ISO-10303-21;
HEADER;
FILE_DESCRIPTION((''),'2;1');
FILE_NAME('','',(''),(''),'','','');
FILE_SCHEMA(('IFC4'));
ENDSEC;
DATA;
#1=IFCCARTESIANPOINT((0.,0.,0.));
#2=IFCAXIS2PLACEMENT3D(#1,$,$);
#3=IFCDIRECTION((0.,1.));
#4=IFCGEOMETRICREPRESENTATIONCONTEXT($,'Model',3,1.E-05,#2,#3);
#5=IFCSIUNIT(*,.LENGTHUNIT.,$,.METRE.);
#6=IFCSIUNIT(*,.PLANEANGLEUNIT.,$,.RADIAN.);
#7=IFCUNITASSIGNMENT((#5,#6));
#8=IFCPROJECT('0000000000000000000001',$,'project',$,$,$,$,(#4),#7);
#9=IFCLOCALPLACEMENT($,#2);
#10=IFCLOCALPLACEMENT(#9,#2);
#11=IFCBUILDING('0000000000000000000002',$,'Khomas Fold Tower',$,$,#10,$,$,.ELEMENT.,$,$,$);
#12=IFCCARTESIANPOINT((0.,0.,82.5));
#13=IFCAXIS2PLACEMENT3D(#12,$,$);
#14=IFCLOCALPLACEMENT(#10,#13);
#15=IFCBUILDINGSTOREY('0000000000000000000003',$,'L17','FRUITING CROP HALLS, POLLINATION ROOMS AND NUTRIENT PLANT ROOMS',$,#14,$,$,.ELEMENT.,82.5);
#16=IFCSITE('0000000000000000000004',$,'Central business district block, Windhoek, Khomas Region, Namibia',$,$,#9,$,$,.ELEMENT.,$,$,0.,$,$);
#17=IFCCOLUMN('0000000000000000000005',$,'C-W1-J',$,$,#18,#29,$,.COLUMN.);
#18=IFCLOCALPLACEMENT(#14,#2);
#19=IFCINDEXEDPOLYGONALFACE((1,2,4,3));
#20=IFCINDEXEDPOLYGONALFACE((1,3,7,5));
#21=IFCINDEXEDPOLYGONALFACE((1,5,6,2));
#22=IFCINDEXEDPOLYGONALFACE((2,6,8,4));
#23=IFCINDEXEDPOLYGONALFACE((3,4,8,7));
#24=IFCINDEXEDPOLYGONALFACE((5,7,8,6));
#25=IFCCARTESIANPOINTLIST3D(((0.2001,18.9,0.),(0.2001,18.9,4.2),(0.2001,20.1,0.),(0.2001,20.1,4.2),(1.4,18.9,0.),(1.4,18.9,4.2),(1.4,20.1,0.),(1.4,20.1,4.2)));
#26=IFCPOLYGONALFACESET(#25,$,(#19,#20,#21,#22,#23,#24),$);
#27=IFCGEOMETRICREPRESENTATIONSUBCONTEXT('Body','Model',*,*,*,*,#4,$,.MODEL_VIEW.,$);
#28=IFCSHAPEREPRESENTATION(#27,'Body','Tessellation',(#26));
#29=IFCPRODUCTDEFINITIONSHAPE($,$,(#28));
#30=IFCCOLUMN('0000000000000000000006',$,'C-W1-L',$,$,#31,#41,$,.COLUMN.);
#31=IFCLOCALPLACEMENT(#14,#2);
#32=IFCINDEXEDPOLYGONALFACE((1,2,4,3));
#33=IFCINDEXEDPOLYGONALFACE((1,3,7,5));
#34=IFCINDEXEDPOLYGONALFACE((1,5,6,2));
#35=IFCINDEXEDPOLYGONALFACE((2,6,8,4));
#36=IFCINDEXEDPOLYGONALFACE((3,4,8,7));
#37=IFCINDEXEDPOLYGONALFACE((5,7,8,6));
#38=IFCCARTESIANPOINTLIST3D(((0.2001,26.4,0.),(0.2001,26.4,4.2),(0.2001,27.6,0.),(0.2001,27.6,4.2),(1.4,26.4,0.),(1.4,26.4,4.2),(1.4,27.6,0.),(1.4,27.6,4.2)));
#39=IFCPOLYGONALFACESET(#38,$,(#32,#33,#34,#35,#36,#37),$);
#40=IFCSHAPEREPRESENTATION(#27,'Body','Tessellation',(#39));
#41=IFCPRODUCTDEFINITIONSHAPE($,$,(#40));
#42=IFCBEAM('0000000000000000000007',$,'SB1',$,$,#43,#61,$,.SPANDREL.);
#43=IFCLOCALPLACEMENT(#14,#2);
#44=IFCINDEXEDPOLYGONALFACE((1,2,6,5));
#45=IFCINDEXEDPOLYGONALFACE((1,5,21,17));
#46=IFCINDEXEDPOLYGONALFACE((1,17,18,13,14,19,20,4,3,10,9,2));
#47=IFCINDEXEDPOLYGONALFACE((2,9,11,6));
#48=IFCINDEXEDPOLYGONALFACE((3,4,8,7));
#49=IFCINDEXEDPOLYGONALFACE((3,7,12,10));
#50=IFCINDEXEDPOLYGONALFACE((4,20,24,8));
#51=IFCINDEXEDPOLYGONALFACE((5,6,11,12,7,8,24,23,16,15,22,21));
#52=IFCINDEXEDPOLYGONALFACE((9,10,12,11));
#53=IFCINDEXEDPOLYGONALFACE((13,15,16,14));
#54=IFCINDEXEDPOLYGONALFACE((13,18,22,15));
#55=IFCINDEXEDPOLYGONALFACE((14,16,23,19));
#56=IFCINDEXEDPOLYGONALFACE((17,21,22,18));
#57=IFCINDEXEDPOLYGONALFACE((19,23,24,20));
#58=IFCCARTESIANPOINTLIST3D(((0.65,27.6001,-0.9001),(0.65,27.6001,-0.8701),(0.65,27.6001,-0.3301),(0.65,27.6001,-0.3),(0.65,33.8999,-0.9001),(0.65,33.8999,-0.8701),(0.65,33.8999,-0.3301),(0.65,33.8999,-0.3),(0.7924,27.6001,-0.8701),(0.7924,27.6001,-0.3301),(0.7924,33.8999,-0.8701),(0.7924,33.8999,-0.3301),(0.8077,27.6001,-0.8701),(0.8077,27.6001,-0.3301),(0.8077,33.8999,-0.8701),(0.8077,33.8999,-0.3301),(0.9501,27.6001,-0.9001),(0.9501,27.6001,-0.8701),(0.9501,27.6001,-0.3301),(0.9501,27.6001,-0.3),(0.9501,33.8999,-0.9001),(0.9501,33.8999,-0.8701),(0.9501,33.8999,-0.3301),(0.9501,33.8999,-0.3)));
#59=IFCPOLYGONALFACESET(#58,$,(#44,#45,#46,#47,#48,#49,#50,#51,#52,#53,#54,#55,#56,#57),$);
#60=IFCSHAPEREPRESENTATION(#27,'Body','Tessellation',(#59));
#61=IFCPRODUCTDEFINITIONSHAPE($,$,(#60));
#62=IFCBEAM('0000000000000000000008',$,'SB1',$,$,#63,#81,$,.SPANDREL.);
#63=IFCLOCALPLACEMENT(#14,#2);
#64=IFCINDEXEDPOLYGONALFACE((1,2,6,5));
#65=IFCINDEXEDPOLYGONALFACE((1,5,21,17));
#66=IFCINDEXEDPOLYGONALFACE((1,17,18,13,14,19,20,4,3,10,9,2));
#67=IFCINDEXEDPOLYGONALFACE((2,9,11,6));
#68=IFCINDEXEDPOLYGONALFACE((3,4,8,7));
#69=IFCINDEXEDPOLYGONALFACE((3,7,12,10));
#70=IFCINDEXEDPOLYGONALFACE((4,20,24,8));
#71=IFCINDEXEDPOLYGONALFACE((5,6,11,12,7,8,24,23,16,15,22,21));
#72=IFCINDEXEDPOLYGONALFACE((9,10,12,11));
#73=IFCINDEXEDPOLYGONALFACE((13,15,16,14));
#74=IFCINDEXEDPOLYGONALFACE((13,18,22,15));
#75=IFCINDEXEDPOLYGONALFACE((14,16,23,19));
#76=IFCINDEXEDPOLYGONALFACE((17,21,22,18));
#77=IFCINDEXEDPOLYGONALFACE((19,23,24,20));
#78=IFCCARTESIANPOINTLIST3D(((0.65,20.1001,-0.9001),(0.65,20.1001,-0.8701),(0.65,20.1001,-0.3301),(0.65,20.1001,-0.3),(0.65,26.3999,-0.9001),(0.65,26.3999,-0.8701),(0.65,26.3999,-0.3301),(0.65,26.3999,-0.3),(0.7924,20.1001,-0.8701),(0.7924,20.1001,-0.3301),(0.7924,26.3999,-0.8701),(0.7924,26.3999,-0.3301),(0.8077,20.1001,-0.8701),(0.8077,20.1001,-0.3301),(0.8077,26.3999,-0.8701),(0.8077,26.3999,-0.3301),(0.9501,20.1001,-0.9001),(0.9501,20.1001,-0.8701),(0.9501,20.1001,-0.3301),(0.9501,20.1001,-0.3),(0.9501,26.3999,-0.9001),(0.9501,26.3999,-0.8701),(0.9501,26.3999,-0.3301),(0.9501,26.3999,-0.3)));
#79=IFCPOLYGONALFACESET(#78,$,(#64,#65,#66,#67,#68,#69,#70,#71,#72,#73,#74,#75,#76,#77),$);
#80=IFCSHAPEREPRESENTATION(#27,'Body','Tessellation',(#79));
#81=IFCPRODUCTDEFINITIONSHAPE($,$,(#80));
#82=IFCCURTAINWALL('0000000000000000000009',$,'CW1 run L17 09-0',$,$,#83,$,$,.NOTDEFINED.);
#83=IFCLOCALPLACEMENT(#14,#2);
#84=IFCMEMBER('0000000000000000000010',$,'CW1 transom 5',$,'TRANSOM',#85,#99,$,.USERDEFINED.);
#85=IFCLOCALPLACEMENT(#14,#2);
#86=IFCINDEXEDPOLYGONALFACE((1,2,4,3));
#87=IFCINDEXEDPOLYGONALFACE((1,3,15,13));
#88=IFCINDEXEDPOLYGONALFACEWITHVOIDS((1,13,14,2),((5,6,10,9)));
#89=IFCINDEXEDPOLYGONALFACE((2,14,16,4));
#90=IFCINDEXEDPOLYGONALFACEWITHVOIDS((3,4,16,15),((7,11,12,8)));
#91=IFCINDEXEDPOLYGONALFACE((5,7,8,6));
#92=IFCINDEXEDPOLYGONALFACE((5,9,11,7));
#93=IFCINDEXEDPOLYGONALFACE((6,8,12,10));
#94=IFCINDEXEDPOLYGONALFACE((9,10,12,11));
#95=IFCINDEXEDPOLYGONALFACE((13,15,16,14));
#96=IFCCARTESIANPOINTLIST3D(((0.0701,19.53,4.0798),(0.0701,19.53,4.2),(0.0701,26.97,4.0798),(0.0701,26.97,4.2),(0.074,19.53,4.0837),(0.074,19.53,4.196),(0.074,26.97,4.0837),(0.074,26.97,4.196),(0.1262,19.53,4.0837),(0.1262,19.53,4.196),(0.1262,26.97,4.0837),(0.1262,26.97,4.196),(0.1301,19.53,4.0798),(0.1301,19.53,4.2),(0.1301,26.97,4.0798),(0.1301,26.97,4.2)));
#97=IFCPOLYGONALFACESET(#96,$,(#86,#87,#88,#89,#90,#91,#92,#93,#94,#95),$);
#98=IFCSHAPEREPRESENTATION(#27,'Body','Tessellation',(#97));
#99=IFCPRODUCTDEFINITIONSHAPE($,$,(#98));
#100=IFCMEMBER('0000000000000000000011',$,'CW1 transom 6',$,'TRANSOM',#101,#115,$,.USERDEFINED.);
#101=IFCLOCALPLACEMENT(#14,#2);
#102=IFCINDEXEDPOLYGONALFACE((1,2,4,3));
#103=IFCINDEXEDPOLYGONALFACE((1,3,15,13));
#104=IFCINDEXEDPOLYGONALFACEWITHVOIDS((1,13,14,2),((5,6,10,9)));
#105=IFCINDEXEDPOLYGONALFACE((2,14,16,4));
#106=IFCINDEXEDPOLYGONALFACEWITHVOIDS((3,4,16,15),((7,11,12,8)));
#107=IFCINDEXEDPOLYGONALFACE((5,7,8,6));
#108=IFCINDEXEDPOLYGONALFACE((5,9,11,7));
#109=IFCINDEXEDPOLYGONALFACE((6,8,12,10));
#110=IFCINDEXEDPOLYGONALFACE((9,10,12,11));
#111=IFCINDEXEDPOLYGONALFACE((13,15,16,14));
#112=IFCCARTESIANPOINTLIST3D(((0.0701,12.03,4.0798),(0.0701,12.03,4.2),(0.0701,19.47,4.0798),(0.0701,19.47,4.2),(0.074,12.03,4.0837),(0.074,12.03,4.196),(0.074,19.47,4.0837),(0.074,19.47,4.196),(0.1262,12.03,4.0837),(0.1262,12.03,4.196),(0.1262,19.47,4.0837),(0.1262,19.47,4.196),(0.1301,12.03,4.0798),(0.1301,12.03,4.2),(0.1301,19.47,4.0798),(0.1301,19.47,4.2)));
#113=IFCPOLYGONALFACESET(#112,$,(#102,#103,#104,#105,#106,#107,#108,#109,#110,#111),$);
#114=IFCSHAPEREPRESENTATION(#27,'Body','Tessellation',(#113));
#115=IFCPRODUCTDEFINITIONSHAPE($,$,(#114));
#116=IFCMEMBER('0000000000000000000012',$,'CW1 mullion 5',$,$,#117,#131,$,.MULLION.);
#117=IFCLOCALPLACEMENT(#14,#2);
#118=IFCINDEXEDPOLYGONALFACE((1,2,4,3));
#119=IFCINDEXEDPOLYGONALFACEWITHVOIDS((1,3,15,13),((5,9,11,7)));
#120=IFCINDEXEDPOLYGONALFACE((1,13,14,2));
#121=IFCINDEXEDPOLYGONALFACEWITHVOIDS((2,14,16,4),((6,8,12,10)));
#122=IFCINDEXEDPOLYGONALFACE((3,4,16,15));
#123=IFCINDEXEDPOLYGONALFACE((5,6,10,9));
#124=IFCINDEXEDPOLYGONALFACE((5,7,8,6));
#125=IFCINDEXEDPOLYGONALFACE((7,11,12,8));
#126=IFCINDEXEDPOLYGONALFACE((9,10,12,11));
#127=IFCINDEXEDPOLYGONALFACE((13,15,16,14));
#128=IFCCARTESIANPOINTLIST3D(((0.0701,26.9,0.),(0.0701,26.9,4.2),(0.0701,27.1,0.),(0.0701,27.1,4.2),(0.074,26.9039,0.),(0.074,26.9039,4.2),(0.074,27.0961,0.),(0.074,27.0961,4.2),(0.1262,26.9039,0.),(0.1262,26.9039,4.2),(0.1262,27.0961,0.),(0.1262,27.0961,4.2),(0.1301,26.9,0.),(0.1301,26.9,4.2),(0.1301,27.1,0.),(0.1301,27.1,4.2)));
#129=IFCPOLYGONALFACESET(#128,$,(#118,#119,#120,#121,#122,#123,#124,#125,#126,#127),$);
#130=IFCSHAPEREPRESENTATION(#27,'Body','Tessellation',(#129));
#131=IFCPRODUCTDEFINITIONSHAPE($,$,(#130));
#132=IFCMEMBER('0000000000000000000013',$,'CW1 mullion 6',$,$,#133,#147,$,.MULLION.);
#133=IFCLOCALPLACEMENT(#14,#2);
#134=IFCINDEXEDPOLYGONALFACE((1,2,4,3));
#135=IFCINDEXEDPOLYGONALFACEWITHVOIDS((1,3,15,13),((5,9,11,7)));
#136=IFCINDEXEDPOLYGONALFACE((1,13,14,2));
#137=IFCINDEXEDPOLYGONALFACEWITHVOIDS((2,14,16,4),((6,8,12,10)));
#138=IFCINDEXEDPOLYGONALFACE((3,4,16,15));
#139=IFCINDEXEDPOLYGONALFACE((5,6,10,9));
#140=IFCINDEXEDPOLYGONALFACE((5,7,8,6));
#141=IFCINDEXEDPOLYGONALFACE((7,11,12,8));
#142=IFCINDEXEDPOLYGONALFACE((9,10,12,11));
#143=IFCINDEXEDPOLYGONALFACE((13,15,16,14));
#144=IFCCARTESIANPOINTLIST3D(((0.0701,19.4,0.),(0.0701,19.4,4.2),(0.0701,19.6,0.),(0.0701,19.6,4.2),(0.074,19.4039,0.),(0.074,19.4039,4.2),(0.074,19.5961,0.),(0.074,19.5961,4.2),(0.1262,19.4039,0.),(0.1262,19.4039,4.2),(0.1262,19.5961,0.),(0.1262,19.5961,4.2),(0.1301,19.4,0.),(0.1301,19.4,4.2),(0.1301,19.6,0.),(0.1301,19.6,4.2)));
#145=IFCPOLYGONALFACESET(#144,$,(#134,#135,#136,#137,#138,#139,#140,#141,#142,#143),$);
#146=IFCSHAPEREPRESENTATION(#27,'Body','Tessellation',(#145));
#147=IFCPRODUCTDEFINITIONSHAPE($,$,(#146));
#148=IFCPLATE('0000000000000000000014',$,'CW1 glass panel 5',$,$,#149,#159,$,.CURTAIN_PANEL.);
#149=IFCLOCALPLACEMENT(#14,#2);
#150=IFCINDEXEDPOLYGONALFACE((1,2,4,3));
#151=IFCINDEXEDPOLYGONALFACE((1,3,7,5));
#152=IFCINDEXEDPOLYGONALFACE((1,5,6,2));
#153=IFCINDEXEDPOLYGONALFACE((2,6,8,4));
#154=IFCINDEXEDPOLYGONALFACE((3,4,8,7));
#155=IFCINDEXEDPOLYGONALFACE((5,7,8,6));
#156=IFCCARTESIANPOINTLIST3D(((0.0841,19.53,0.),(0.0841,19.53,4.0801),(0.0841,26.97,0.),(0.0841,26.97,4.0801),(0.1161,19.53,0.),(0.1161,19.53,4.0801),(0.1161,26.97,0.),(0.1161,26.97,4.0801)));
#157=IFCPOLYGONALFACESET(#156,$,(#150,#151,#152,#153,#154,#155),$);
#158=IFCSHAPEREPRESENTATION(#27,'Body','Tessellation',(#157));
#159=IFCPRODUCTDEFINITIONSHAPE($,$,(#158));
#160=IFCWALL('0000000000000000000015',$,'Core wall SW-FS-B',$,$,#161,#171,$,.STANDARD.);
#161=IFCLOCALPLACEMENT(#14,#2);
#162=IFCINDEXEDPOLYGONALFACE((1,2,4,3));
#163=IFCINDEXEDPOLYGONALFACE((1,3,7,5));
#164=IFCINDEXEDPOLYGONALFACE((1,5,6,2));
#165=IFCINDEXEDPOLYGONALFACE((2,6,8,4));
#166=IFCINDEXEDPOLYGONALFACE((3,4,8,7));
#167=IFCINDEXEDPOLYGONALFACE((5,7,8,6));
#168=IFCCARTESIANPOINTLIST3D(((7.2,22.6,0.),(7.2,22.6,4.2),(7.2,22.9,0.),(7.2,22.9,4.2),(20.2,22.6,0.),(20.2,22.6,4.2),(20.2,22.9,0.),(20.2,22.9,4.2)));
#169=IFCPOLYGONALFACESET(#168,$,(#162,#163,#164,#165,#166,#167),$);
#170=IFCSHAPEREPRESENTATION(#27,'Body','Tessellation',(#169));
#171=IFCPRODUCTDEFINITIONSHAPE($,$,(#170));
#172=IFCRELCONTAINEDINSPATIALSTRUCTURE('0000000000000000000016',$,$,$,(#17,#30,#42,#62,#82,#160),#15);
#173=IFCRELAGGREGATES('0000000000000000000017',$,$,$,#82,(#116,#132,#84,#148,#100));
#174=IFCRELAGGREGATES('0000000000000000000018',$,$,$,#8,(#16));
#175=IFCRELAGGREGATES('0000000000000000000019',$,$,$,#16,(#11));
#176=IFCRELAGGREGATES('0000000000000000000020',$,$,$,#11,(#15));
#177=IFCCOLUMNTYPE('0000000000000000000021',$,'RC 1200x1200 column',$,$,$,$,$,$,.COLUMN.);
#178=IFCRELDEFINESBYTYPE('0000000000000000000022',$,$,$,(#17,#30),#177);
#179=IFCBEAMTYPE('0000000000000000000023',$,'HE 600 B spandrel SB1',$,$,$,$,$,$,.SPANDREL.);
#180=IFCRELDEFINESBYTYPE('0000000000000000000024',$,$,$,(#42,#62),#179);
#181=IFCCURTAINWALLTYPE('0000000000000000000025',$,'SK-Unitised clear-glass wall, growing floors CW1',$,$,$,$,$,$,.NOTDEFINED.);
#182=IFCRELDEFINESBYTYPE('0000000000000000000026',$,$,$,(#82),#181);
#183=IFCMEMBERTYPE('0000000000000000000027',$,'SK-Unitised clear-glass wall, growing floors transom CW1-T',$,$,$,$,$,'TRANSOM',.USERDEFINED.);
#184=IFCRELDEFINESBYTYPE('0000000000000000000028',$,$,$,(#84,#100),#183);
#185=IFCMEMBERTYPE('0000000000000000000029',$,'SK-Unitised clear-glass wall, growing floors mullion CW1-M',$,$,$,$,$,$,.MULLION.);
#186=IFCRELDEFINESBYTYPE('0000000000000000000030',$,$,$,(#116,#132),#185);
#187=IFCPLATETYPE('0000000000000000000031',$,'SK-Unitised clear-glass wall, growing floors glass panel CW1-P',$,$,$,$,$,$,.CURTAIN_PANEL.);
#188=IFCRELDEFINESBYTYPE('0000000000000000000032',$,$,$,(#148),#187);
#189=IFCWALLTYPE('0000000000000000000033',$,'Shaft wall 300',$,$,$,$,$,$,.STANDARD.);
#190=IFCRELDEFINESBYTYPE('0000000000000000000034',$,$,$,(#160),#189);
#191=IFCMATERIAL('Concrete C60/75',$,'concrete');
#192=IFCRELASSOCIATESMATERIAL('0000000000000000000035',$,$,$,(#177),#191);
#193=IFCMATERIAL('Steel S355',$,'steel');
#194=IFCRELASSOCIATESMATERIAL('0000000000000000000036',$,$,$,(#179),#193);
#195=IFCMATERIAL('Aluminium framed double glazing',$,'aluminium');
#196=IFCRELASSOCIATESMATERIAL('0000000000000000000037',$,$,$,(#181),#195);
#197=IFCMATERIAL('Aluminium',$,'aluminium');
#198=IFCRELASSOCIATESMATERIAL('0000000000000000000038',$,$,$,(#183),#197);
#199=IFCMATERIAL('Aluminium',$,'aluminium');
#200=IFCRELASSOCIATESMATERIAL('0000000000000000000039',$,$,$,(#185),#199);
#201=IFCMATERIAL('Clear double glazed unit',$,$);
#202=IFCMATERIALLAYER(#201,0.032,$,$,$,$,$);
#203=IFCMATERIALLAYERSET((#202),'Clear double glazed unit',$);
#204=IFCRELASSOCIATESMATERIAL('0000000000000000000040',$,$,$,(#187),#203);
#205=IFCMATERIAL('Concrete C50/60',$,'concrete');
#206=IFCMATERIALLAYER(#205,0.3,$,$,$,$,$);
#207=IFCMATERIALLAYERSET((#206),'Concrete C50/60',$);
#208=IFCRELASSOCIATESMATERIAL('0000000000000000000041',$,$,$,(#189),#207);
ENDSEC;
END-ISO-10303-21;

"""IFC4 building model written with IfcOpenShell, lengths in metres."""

from ifc_helpers import new_model, si_unit, direction, frame, frame_2d, origin, origin_2d, place, context, subcontext, project, spatial, rectangle, hollow_rectangle, i_section, extrude, source, transform, mapped, material, layer, layer_set, material_profile, profile_set, type_object, element, aggregate, save


model = new_model("IFC4")

# Units and contexts
model_context = context("Model", 3, precision=1e-05, world=origin(), true_north=direction((0.0, 1.0)))
body_context = subcontext(model_context, "Body", "Model", "MODEL_VIEW")
ifc_project = project(units=[si_unit("LENGTHUNIT", "METRE"), si_unit("PLANEANGLEUNIT", "RADIAN")], contexts=[model_context])

# Site, building, storey
site_placement = place(None, origin())
site = spatial("IfcSite", under=ifc_project, at=site_placement, Name="Central business district block, Windhoek, Khomas Region, Namibia", CompositionType="ELEMENT", RefElevation=0.0)
building_placement = place(site_placement, origin())
building = spatial("IfcBuilding", under=site, at=building_placement, Name="Khomas Fold Tower", CompositionType="ELEMENT")
storey_placement = place(building_placement, frame((0.0, 0.0, 82.5)))
storey = spatial("IfcBuildingStorey", under=building, at=storey_placement, Name="L17", Description="FRUITING CROP HALLS, POLLINATION ROOMS AND NUTRIENT PLANT ROOMS", CompositionType="ELEMENT", Elevation=82.5)

# Columns
ifc_material_1 = material(Name="Concrete C60/75", Category="concrete")
ifc_material_profile_1 = material_profile(ifc_material_1, rectangle(XDim=1.2, YDim=1.2, at=origin_2d()), Name="RC 1200x1200")
ifc_profile_set_1 = profile_set([ifc_material_profile_1], Name="Concrete C60/75")
column_type = type_object("IfcColumnType", Name="RC 1200x1200 column", PredefinedType="COLUMN", material=ifc_profile_set_1)
shared_shape_1 = source(origin(), body_context, "Body", "SweptSolid", [
    extrude(rectangle(XDim=1.2, YDim=1.2, at=origin_2d()), origin(), (0.0, 0.0, 1.0), 4.2),
])
for number, where, z_axis, x_axis, name in (
    (1, (0.8, 19.5, 0.0), (0.0, 0.0, 1.0), (1.0, 0.0, 0.0), "C-W1-J"),
    (2, (0.8, 27.0, 0.0), (0.0, 0.0, 1.0), (1.0, 0.0, 0.0), "C-W1-L"),
):
    element("IfcColumn", number, at=place(storey_placement, frame(where, z_axis=z_axis, x_axis=x_axis)), inside=storey, type_object=column_type, Name=name, PredefinedType="COLUMN", context=body_context, shape_type="MappedRepresentation", body=[
        mapped(shared_shape_1, transform((0.0, 0.0, 0.0))),
    ])

# Beams
ifc_material_2 = material(Name="Steel S355", Category="steel")
ifc_material_profile_2 = material_profile(ifc_material_2, i_section(OverallWidth=0.3, OverallDepth=0.6001, WebThickness=0.0154, FlangeThickness=0.03, at=origin_2d()), Name="HE 600 B")
ifc_profile_set_2 = profile_set([ifc_material_profile_2], Name="Steel S355")
beam_type = type_object("IfcBeamType", Name="HE 600 B spandrel SB1", PredefinedType="SPANDREL", material=ifc_profile_set_2)
shared_shape_2 = source(origin(), body_context, "Body", "SweptSolid", [
    extrude(i_section(OverallWidth=0.3, OverallDepth=0.6001, WebThickness=0.0154, FlangeThickness=0.03, at=origin_2d()), origin(), (0.0, 0.0, 1.0), 6.2998),
])
for number, where, z_axis, x_axis, name in (
    (3, (0.8, 27.6001, -0.6001), (0.0, 1.0, 0.0), (-1.0, 0.0, 0.0), "SB1"),
    (4, (0.8, 20.1001, -0.6001), (0.0, 1.0, 0.0), (-1.0, 0.0, 0.0), "SB1"),
):
    element("IfcBeam", number, at=place(storey_placement, frame(where, z_axis=z_axis, x_axis=x_axis)), inside=storey, type_object=beam_type, Name=name, PredefinedType="SPANDREL", context=body_context, shape_type="MappedRepresentation", body=[
        mapped(shared_shape_2, transform((0.0, 0.0, 0.0))),
    ])

# Curtain wall, members, plate
ifc_material_3 = material(Name="Aluminium framed double glazing", Category="aluminium")
curtain_wall_type = type_object("IfcCurtainWallType", Name="SK-Unitised clear-glass wall, growing floors CW1", PredefinedType="NOTDEFINED", material=ifc_material_3)
curtain_wall_placement = place(storey_placement, origin())
curtain_wall = element("IfcCurtainWall", 5, at=curtain_wall_placement, inside=storey, type_object=curtain_wall_type, Name="CW1 run L17 09-0", PredefinedType="NOTDEFINED")
ifc_material_4 = material(Name="Aluminium", Category="aluminium")
ifc_material_profile_3 = material_profile(ifc_material_4, hollow_rectangle(XDim=0.0601, YDim=0.1201, WallThickness=0.0039, at=origin_2d()), Name="SK-Unitised clear-glass wall, growing floors transom CW1-T")
ifc_profile_set_3 = profile_set([ifc_material_profile_3], Name="Aluminium")
member_type_1 = type_object("IfcMemberType", Name="SK-Unitised clear-glass wall, growing floors transom CW1-T", ElementType="TRANSOM", PredefinedType="USERDEFINED", material=ifc_profile_set_3)
shared_shape_3 = source(origin(), body_context, "Body", "SweptSolid", [
    extrude(hollow_rectangle(XDim=0.0601, YDim=0.1201, WallThickness=0.0039, at=origin_2d()), origin(), (0.0, 0.0, 1.0), 7.4399),
])
member_1_placement = place(storey_placement, frame((0.1001, 26.97, 4.1399), z_axis=(0.0, -1.0, 0.0), x_axis=(1.0, 0.0, 0.0)))
member_1 = element("IfcMember", 6, at=member_1_placement, type_object=member_type_1, Name="CW1 transom 5", ObjectType="TRANSOM", PredefinedType="USERDEFINED", context=body_context, shape_type="MappedRepresentation", body=[
    mapped(shared_shape_3, transform((0.0, 0.0, 0.0))),
])
member_2_placement = place(storey_placement, frame((0.1001, 19.47, 4.1399), z_axis=(0.0, -1.0, 0.0), x_axis=(1.0, 0.0, 0.0)))
member_2 = element("IfcMember", 7, at=member_2_placement, type_object=member_type_1, Name="CW1 transom 6", ObjectType="TRANSOM", PredefinedType="USERDEFINED", context=body_context, shape_type="MappedRepresentation", body=[
    mapped(shared_shape_3, transform((0.0, 0.0, 0.0))),
])
ifc_material_5 = material(Name="Aluminium", Category="aluminium")
ifc_material_profile_4 = material_profile(ifc_material_5, hollow_rectangle(XDim=0.0601, YDim=0.2, WallThickness=0.0039, at=origin_2d()), Name="SK-Unitised clear-glass wall, growing floors mullion CW1-M")
ifc_profile_set_4 = profile_set([ifc_material_profile_4], Name="Aluminium")
member_type_2 = type_object("IfcMemberType", Name="SK-Unitised clear-glass wall, growing floors mullion CW1-M", PredefinedType="MULLION", material=ifc_profile_set_4)
shared_shape_4 = source(origin(), body_context, "Body", "SweptSolid", [
    extrude(hollow_rectangle(XDim=0.0601, YDim=0.2, WallThickness=0.0039, at=origin_2d()), origin(), (0.0, 0.0, 1.0), 4.2),
])
member_3_placement = place(storey_placement, frame((0.1001, 27.0, 0.0), z_axis=(0.0, 0.0, 1.0), x_axis=(1.0, 0.0, 0.0)))
member_3 = element("IfcMember", 8, at=member_3_placement, type_object=member_type_2, Name="CW1 mullion 5", PredefinedType="MULLION", context=body_context, shape_type="MappedRepresentation", body=[
    mapped(shared_shape_4, transform((0.0, 0.0, 0.0))),
])
member_4_placement = place(storey_placement, frame((0.1001, 19.5, 0.0), z_axis=(0.0, 0.0, 1.0), x_axis=(1.0, 0.0, 0.0)))
member_4 = element("IfcMember", 9, at=member_4_placement, type_object=member_type_2, Name="CW1 mullion 6", PredefinedType="MULLION", context=body_context, shape_type="MappedRepresentation", body=[
    mapped(shared_shape_4, transform((0.0, 0.0, 0.0))),
])
ifc_material_6 = material(Name="Clear double glazed unit")
ifc_layer_1 = layer(ifc_material_6, 0.032)
ifc_layer_set_1 = layer_set([ifc_layer_1], Name="Clear double glazed unit")
plate_type = type_object("IfcPlateType", Name="SK-Unitised clear-glass wall, growing floors glass panel CW1-P", PredefinedType="CURTAIN_PANEL", material=ifc_layer_set_1)
shared_shape_5 = source(origin(), body_context, "Body", "SweptSolid", [
    extrude(rectangle(XDim=7.4399, YDim=0.032, at=origin_2d()), origin(), (0.0, 0.0, 1.0), 4.0801),
])
plate_placement = place(storey_placement, frame((0.1001, 23.25, 0.0), z_axis=(0.0, 0.0, 1.0), x_axis=(0.0, -1.0, 0.0)))
plate = element("IfcPlate", 10, at=plate_placement, type_object=plate_type, Name="CW1 glass panel 5", PredefinedType="CURTAIN_PANEL", context=body_context, shape_type="MappedRepresentation", body=[
    mapped(shared_shape_5, transform((0.0, 0.0, 0.0))),
])
aggregate(curtain_wall, [member_3, member_4, member_1, plate, member_2])

# Wall
ifc_material_7 = material(Name="Concrete C50/60", Category="concrete")
ifc_layer_2 = layer(ifc_material_7, 0.3)
ifc_layer_set_2 = layer_set([ifc_layer_2], Name="Concrete C50/60")
wall_type_1 = type_object("IfcWallType", Name="Shaft wall 300", PredefinedType="STANDARD", material=ifc_layer_set_2)
shared_shape_6 = source(origin(), body_context, "Body", "SweptSolid", [
    extrude(rectangle(XDim=13.0, YDim=0.3, at=frame_2d((6.5, 0.0))), origin(), (0.0, 0.0, 1.0), 4.2),
])
wall_1_placement = place(storey_placement, frame((7.2, 22.75, 0.0), z_axis=(0.0, 0.0, 1.0), x_axis=(1.0, 0.0, 0.0)))
element("IfcWall", 11, at=wall_1_placement, inside=storey, type_object=wall_type_1, Name="Core wall SW-FS-B", PredefinedType="STANDARD", context=body_context, shape_type="MappedRepresentation", body=[
    mapped(shared_shape_6, transform((0.0, 0.0, 0.0))),
])

save(model, "model.ifc")
